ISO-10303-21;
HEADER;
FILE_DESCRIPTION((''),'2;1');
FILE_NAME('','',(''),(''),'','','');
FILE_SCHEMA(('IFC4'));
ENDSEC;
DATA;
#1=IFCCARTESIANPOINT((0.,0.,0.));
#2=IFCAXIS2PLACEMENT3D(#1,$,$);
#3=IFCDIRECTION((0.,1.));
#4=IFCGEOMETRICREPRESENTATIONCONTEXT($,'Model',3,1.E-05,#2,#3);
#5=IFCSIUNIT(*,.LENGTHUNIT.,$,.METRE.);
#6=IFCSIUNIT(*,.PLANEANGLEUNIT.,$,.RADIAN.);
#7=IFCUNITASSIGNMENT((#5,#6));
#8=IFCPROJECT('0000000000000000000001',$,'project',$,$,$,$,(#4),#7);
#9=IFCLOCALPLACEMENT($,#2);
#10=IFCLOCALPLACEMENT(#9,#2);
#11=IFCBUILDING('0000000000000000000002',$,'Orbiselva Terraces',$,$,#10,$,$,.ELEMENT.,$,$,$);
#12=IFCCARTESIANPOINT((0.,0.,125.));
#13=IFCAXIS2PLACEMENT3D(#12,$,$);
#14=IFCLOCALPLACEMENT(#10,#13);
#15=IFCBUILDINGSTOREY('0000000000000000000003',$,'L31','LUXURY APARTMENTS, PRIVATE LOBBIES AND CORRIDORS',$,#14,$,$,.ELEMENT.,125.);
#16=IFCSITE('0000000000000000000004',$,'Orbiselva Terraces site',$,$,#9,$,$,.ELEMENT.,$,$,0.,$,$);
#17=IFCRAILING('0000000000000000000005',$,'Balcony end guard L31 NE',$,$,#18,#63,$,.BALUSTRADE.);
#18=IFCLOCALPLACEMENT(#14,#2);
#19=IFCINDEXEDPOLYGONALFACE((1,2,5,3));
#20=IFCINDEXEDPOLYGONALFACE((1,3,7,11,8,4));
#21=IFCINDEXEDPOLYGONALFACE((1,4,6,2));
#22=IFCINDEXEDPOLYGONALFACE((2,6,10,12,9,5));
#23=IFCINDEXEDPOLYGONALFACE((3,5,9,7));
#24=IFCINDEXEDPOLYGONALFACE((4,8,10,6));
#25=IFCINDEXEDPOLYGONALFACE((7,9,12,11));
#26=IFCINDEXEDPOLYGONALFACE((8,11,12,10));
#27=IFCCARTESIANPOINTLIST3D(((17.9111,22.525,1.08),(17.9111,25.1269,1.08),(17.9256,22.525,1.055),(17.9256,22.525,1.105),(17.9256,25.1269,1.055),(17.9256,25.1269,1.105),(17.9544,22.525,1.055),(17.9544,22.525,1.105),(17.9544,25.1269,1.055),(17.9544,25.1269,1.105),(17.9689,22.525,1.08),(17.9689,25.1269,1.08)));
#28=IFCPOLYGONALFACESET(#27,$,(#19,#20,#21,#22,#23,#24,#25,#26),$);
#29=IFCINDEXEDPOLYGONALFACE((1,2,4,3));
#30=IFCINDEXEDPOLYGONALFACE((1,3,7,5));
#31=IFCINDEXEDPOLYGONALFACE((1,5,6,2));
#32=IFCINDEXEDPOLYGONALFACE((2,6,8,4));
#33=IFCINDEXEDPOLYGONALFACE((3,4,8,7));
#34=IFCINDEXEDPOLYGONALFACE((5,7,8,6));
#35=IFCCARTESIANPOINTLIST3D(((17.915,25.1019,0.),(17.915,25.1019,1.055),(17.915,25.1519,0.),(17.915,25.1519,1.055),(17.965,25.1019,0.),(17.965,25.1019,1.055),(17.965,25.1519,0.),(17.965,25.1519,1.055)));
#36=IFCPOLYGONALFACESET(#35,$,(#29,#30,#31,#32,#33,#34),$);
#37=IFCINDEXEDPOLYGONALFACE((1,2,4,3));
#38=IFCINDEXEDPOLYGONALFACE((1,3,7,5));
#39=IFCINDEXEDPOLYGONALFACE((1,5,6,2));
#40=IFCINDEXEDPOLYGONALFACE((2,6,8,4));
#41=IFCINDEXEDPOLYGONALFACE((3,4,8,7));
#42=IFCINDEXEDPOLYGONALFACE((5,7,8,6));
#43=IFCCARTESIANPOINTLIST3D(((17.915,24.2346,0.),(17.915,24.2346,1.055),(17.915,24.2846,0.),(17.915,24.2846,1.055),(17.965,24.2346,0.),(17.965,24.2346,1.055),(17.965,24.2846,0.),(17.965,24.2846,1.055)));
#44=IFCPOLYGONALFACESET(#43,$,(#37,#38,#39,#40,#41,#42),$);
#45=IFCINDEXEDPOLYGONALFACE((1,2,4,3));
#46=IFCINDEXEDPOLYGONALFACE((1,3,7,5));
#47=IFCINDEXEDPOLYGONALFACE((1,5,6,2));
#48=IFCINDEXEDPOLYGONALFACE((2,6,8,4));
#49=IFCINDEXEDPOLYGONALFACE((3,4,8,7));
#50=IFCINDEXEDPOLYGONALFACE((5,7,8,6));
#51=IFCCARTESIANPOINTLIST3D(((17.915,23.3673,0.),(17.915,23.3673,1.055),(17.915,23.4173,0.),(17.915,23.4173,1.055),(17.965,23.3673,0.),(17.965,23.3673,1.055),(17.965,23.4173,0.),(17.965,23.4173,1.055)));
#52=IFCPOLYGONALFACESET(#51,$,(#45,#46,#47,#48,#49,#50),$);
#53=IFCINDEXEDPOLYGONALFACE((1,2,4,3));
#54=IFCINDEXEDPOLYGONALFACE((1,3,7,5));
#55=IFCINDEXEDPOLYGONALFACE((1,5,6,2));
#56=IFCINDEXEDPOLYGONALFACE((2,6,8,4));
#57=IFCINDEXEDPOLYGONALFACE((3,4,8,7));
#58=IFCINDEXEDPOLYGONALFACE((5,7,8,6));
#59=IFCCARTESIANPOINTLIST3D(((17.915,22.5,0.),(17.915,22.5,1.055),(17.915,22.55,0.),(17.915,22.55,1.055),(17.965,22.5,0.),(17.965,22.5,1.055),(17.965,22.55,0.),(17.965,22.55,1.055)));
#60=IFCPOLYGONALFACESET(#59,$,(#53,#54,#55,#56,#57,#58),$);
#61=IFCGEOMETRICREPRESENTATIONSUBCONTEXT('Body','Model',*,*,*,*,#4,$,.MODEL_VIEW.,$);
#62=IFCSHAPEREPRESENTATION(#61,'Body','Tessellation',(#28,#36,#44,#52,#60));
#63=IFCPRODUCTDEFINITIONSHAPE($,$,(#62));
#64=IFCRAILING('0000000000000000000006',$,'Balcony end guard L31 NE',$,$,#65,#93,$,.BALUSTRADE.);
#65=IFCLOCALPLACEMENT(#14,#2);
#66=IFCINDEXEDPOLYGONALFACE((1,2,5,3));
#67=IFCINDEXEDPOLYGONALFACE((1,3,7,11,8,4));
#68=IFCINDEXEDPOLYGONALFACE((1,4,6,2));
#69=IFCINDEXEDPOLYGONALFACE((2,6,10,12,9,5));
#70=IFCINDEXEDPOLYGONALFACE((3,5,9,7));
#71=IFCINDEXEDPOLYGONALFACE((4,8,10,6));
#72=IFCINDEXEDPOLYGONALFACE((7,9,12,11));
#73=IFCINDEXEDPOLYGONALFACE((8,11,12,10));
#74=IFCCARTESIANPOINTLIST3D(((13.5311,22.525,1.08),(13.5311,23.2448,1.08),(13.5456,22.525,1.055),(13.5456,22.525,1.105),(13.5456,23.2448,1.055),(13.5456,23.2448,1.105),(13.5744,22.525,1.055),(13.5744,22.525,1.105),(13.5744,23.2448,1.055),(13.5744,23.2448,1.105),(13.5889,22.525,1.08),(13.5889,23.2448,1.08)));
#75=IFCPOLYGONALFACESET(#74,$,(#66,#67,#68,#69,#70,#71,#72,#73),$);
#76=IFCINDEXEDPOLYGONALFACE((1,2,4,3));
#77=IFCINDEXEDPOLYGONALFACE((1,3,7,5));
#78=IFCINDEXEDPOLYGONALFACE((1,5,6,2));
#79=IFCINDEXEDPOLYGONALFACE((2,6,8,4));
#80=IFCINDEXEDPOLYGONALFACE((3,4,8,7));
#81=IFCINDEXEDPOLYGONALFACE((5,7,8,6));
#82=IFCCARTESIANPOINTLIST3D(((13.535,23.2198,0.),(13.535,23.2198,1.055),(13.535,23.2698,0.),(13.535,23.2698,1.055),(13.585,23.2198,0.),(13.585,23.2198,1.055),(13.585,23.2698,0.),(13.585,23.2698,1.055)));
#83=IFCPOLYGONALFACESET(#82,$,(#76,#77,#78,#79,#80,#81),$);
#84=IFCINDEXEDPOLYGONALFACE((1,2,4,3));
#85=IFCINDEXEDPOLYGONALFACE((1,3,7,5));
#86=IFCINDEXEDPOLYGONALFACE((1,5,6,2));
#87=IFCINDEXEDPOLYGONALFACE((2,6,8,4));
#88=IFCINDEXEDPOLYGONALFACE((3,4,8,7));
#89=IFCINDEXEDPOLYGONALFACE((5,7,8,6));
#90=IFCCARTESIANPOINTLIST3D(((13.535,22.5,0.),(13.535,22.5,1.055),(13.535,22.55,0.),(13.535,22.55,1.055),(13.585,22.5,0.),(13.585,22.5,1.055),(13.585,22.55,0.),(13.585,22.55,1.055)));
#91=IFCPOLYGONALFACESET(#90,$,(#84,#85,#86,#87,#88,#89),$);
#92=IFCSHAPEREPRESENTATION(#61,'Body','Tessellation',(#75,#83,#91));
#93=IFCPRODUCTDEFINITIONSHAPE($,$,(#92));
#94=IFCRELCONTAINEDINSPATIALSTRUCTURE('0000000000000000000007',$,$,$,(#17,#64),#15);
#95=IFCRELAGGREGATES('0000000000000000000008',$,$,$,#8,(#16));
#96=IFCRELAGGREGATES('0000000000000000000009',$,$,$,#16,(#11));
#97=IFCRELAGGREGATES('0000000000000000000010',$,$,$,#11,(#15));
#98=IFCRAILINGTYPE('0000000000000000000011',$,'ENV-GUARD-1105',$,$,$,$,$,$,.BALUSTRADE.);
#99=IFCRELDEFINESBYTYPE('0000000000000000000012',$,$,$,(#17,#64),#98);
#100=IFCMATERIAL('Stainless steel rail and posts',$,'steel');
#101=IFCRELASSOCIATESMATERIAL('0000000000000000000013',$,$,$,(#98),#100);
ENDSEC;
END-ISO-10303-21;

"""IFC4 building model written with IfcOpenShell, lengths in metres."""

from ifc_helpers import new_model, si_unit, direction, frame, origin, origin_2d, place, context, subcontext, project, spatial, polyline, rectangle, outline, extrude, material, type_object, element, save


model = new_model("IFC4")

# Units and contexts
model_context = context("Model", 3, precision=1e-05, world=origin(), true_north=direction((0.0, 1.0)))
body_context = subcontext(model_context, "Body", "Model", "MODEL_VIEW")
ifc_project = project(units=[si_unit("LENGTHUNIT", "METRE"), si_unit("PLANEANGLEUNIT", "RADIAN")], contexts=[model_context])

# Site, building, storey
site_placement = place(None, origin())
site = spatial("IfcSite", under=ifc_project, at=site_placement, Name="Orbiselva Terraces site", CompositionType="ELEMENT", RefElevation=0.0)
building_placement = place(site_placement, origin())
building = spatial("IfcBuilding", under=site, at=building_placement, Name="Orbiselva Terraces", CompositionType="ELEMENT")
storey_placement = place(building_placement, frame((0.0, 0.0, 125.0)))
storey = spatial("IfcBuildingStorey", under=building, at=storey_placement, Name="L31", Description="LUXURY APARTMENTS, PRIVATE LOBBIES AND CORRIDORS", CompositionType="ELEMENT", Elevation=125.0)

# Railings
ifc_material_1 = material(Name="Stainless steel rail and posts", Category="steel")
railing_type_1 = type_object("IfcRailingType", Name="ENV-GUARD-1105", PredefinedType="BALUSTRADE", material=ifc_material_1)
railing_1_placement = place(storey_placement, frame((17.94, 25.1269, 0.0)))
element("IfcRailing", 1, at=railing_1_placement, inside=storey, type_object=railing_type_1, Name="Balcony end guard L31 NE", PredefinedType="BALUSTRADE", context=body_context, shape_type="SweptSolid", body=[
    extrude(outline(polyline([(0.0289, 0.0), (0.0144, 0.025), (-0.0144, 0.025), (-0.0289, 0.0), (-0.0144, -0.025), (0.0144, -0.025), (0.0289, 0.0)])), frame((0.0, 0.0, 1.08), z_axis=(0.0, -1.0, 0.0), x_axis=(1.0, 0.0, 0.0)), (0.0, 0.0, 1.0), 2.6019),
    extrude(rectangle(XDim=0.05, YDim=0.05, at=origin_2d()), origin(), (0.0, 0.0, 1.0), 1.055),
    extrude(rectangle(XDim=0.05, YDim=0.05, at=origin_2d()), frame((0.0, -0.8673, 0.0)), (0.0, 0.0, 1.0), 1.055),
    extrude(rectangle(XDim=0.05, YDim=0.05, at=origin_2d()), frame((0.0, -1.7346, 0.0)), (0.0, 0.0, 1.0), 1.055),
    extrude(rectangle(XDim=0.05, YDim=0.05, at=origin_2d()), frame((0.0, -2.6019, 0.0)), (0.0, 0.0, 1.0), 1.055),
])
railing_2_placement = place(storey_placement, frame((13.56, 23.2448, 0.0)))
element("IfcRailing", 2, at=railing_2_placement, inside=storey, type_object=railing_type_1, Name="Balcony end guard L31 NE", PredefinedType="BALUSTRADE", context=body_context, shape_type="SweptSolid", body=[
    extrude(outline(polyline([(0.0289, 0.0), (0.0144, 0.025), (-0.0144, 0.025), (-0.0289, 0.0), (-0.0144, -0.025), (0.0144, -0.025), (0.0289, 0.0)])), frame((0.0, 0.0, 1.08), z_axis=(0.0, -1.0, 0.0), x_axis=(1.0, 0.0, 0.0)), (0.0, 0.0, 1.0), 0.7198),
    extrude(rectangle(XDim=0.05, YDim=0.05, at=origin_2d()), origin(), (0.0, 0.0, 1.0), 1.055),
    extrude(rectangle(XDim=0.05, YDim=0.05, at=origin_2d()), frame((0.0, -0.7198, 0.0)), (0.0, 0.0, 1.0), 1.055),
])

save(model, "model.ifc")
